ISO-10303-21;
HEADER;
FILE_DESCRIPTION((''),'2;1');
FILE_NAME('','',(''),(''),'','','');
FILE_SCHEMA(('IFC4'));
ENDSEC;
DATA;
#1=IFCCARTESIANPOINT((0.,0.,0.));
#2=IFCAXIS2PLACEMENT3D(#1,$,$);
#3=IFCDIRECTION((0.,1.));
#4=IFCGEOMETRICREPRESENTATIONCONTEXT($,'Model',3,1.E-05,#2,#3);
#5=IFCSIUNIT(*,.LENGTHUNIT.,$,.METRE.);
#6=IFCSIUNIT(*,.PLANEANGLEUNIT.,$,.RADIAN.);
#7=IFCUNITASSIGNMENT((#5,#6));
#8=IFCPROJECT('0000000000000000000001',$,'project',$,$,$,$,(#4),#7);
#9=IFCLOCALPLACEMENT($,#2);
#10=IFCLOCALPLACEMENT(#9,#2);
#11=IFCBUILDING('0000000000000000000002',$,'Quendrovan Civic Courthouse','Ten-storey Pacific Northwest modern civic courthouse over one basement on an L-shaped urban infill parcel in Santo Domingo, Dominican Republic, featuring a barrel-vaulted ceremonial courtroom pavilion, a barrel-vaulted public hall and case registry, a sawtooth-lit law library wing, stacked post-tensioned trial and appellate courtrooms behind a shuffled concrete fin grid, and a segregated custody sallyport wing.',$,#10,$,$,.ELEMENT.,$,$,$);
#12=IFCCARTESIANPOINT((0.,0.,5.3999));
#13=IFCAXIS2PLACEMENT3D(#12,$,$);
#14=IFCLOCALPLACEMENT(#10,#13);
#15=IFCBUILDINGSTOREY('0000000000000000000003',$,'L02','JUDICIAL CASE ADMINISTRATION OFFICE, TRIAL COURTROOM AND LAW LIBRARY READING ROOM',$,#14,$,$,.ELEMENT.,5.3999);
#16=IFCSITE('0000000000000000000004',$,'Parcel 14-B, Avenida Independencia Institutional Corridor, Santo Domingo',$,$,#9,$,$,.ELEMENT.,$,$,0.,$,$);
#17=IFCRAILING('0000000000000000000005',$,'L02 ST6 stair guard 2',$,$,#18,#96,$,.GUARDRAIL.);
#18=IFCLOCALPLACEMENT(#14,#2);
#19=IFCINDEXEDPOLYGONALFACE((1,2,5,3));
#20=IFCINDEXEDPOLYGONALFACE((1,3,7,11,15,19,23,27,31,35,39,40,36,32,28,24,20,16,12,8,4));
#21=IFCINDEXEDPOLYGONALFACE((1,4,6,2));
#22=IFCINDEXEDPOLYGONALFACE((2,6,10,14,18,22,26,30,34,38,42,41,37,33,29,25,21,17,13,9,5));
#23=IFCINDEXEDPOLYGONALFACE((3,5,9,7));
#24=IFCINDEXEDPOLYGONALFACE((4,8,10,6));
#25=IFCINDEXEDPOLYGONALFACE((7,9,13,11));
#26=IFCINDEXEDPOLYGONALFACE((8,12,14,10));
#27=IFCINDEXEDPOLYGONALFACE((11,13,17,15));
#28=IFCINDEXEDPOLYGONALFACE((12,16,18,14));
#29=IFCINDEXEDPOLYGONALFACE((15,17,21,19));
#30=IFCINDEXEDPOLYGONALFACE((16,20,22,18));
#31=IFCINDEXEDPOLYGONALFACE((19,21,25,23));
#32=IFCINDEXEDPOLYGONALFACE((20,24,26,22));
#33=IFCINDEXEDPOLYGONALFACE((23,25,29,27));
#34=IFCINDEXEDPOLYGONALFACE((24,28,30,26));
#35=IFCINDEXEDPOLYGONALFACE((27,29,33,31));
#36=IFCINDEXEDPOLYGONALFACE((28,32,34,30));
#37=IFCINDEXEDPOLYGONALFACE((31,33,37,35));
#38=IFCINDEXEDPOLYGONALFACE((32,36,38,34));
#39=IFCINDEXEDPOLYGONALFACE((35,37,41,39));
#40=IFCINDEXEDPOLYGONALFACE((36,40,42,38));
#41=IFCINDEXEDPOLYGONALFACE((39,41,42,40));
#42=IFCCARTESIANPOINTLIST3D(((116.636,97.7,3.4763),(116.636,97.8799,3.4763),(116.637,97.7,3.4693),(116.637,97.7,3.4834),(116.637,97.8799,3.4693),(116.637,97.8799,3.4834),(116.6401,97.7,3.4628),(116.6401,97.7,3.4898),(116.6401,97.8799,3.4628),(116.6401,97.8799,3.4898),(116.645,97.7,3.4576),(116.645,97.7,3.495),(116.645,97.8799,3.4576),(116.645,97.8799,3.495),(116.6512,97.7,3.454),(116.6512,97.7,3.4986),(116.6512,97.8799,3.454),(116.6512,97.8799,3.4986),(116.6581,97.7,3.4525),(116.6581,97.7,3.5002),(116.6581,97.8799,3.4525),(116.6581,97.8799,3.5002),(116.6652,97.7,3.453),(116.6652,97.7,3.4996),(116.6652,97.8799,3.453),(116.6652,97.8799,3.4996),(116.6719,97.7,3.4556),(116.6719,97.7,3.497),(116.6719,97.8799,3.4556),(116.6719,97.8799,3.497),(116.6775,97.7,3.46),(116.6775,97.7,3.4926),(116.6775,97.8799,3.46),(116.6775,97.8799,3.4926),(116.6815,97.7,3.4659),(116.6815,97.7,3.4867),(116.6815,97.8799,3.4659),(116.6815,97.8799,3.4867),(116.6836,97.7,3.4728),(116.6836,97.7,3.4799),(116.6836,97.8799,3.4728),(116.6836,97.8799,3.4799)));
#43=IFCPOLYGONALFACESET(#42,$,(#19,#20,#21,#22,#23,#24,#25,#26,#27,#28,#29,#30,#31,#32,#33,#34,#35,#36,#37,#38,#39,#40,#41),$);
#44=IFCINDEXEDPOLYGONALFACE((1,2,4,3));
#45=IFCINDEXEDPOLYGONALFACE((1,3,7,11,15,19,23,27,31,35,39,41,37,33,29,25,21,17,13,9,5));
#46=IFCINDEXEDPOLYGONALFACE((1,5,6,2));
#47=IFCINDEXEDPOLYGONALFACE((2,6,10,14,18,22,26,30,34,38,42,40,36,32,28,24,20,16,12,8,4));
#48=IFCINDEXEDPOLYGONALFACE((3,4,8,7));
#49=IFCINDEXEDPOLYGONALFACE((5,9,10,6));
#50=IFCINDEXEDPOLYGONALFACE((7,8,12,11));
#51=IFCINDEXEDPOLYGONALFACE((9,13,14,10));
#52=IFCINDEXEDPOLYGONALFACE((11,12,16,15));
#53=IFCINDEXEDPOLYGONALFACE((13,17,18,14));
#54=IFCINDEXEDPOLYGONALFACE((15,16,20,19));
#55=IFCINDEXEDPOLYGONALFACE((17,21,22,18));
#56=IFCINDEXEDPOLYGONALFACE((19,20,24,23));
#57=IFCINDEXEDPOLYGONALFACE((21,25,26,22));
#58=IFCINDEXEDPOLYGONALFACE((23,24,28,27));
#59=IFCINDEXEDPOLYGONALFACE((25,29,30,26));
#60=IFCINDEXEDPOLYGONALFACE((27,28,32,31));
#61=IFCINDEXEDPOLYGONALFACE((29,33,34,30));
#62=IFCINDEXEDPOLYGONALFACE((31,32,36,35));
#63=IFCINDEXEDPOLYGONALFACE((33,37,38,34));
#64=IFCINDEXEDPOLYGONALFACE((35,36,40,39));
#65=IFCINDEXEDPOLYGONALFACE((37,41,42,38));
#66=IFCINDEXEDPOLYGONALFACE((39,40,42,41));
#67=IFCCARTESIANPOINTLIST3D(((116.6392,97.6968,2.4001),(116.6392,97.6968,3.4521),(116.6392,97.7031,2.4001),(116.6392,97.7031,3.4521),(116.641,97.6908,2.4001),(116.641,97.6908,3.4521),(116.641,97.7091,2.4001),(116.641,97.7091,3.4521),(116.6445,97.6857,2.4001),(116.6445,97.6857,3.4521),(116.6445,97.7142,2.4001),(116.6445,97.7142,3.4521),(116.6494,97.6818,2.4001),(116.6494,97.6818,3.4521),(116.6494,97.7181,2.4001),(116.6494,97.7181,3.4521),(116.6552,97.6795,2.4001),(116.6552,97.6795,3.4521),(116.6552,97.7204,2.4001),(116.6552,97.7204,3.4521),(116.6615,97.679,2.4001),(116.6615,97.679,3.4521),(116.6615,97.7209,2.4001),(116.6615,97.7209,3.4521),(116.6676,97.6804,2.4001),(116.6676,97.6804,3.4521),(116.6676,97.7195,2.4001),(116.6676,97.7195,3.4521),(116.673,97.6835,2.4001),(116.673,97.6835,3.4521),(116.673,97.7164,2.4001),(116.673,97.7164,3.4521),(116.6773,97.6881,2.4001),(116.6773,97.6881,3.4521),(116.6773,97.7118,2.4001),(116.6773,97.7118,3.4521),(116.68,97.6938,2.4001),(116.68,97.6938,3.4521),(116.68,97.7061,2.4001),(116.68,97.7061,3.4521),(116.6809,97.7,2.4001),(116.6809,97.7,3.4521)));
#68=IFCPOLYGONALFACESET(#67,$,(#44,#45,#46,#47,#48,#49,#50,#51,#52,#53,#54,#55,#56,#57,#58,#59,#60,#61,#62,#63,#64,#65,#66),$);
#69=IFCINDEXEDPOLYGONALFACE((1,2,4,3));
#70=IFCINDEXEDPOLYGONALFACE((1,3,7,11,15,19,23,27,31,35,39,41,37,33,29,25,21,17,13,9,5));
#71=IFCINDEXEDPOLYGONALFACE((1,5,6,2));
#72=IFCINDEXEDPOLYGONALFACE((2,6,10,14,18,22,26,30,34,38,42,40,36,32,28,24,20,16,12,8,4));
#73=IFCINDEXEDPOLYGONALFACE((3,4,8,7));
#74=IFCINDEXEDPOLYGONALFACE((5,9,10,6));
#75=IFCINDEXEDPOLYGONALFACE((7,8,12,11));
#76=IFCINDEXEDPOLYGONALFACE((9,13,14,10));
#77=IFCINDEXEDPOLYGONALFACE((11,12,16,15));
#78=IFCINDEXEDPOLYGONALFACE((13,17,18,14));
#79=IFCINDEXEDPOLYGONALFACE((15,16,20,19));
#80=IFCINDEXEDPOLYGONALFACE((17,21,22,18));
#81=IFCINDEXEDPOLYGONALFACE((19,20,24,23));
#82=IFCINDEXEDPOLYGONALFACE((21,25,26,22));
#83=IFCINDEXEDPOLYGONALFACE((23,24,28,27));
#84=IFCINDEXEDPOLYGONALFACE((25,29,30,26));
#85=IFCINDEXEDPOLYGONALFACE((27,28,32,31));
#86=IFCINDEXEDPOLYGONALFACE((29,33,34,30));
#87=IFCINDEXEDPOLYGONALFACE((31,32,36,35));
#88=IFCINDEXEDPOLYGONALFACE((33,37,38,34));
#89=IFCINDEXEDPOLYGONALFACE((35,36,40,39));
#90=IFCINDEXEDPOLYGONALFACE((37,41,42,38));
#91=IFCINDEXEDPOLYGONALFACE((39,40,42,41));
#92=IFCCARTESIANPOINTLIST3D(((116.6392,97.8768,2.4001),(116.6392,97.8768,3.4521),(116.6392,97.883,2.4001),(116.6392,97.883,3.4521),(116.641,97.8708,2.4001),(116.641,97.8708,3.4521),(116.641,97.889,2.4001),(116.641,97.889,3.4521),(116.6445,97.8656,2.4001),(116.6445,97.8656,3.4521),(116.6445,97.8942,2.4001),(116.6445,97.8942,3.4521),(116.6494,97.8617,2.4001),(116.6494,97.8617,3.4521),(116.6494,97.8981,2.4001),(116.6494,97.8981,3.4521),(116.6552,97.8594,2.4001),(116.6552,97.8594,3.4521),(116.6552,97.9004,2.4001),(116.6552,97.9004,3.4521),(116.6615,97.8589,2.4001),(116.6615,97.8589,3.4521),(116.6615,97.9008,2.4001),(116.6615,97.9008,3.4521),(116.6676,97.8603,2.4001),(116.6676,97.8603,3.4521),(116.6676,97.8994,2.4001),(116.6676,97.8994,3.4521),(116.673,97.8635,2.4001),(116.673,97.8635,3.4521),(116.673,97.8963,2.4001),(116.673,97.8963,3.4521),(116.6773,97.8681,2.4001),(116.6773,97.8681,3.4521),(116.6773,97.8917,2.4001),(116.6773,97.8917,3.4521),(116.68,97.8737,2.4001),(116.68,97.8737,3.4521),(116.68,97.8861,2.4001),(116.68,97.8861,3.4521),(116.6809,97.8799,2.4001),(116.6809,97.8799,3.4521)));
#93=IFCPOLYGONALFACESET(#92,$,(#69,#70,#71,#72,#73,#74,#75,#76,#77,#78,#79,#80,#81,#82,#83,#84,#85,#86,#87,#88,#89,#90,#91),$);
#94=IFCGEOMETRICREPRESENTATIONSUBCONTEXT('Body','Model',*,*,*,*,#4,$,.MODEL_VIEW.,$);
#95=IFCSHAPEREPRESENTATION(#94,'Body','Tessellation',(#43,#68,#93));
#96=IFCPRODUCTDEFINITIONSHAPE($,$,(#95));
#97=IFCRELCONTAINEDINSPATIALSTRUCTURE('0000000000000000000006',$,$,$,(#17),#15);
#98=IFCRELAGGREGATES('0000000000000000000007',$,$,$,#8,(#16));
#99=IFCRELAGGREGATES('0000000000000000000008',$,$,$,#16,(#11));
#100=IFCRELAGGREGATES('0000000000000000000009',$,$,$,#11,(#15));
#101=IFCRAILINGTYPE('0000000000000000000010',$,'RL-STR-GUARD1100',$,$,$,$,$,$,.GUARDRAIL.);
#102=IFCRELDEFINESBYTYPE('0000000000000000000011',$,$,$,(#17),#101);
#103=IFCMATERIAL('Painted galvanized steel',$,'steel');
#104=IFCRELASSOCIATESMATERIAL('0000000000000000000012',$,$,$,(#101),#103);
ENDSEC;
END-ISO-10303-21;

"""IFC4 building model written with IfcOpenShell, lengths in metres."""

from ifc_helpers import new_model, si_unit, direction, frame, origin, origin_2d, place, context, subcontext, project, spatial, circle, extrude, material, type_object, element, save


model = new_model("IFC4")

# Units and contexts
model_context = context("Model", 3, precision=1e-05, world=origin(), true_north=direction((0.0, 1.0)))
body_context = subcontext(model_context, "Body", "Model", "MODEL_VIEW")
ifc_project = project(units=[si_unit("LENGTHUNIT", "METRE"), si_unit("PLANEANGLEUNIT", "RADIAN")], contexts=[model_context])

# Site, building, storey
site_placement = place(None, origin())
site = spatial("IfcSite", under=ifc_project, at=site_placement, Name="Parcel 14-B, Avenida Independencia Institutional Corridor, Santo Domingo", CompositionType="ELEMENT", RefElevation=0.0)
building_placement = place(site_placement, origin())
building = spatial("IfcBuilding", under=site, at=building_placement, Name="Quendrovan Civic Courthouse", Description="Ten-storey Pacific Northwest modern civic courthouse over one basement on an L-shaped urban infill parcel in Santo Domingo, Dominican Republic, featuring a barrel-vaulted ceremonial courtroom pavilion, a barrel-vaulted public hall and case registry, a sawtooth-lit law library wing, stacked post-tensioned trial and appellate courtrooms behind a shuffled concrete fin grid, and a segregated custody sallyport wing.", CompositionType="ELEMENT")
storey_placement = place(building_placement, frame((0.0, 0.0, 5.3999)))
storey = spatial("IfcBuildingStorey", under=building, at=storey_placement, Name="L02", Description="JUDICIAL CASE ADMINISTRATION OFFICE, TRIAL COURTROOM AND LAW LIBRARY READING ROOM", CompositionType="ELEMENT", Elevation=5.3999)

# Railing
ifc_material_1 = material(Name="Painted galvanized steel", Category="steel")
railing_type_1 = type_object("IfcRailingType", Name="RL-STR-GUARD1100", PredefinedType="GUARDRAIL", material=ifc_material_1)
railing_1_placement = place(storey_placement, frame((116.6599, 97.7, 2.4001)))
element("IfcRailing", 1, at=railing_1_placement, inside=storey, type_object=railing_type_1, Name="L02 ST6 stair guard 2", PredefinedType="GUARDRAIL", context=body_context, shape_type="SweptSolid", body=[
    extrude(circle(Radius=0.0239, at=origin_2d()), frame((0.0, 0.0, 1.0762), z_axis=(0.0, 1.0, 0.0), x_axis=(-1.0, 0.0, 0.0)), (0.0, 0.0, 1.0), 0.1799),
    extrude(circle(Radius=0.021, at=origin_2d()), origin(), (0.0, 0.0, 1.0), 1.052),
    extrude(circle(Radius=0.021, at=origin_2d()), frame((0.0, 0.1799, 0.0)), (0.0, 0.0, 1.0), 1.052),
])

save(model, "model.ifc")
